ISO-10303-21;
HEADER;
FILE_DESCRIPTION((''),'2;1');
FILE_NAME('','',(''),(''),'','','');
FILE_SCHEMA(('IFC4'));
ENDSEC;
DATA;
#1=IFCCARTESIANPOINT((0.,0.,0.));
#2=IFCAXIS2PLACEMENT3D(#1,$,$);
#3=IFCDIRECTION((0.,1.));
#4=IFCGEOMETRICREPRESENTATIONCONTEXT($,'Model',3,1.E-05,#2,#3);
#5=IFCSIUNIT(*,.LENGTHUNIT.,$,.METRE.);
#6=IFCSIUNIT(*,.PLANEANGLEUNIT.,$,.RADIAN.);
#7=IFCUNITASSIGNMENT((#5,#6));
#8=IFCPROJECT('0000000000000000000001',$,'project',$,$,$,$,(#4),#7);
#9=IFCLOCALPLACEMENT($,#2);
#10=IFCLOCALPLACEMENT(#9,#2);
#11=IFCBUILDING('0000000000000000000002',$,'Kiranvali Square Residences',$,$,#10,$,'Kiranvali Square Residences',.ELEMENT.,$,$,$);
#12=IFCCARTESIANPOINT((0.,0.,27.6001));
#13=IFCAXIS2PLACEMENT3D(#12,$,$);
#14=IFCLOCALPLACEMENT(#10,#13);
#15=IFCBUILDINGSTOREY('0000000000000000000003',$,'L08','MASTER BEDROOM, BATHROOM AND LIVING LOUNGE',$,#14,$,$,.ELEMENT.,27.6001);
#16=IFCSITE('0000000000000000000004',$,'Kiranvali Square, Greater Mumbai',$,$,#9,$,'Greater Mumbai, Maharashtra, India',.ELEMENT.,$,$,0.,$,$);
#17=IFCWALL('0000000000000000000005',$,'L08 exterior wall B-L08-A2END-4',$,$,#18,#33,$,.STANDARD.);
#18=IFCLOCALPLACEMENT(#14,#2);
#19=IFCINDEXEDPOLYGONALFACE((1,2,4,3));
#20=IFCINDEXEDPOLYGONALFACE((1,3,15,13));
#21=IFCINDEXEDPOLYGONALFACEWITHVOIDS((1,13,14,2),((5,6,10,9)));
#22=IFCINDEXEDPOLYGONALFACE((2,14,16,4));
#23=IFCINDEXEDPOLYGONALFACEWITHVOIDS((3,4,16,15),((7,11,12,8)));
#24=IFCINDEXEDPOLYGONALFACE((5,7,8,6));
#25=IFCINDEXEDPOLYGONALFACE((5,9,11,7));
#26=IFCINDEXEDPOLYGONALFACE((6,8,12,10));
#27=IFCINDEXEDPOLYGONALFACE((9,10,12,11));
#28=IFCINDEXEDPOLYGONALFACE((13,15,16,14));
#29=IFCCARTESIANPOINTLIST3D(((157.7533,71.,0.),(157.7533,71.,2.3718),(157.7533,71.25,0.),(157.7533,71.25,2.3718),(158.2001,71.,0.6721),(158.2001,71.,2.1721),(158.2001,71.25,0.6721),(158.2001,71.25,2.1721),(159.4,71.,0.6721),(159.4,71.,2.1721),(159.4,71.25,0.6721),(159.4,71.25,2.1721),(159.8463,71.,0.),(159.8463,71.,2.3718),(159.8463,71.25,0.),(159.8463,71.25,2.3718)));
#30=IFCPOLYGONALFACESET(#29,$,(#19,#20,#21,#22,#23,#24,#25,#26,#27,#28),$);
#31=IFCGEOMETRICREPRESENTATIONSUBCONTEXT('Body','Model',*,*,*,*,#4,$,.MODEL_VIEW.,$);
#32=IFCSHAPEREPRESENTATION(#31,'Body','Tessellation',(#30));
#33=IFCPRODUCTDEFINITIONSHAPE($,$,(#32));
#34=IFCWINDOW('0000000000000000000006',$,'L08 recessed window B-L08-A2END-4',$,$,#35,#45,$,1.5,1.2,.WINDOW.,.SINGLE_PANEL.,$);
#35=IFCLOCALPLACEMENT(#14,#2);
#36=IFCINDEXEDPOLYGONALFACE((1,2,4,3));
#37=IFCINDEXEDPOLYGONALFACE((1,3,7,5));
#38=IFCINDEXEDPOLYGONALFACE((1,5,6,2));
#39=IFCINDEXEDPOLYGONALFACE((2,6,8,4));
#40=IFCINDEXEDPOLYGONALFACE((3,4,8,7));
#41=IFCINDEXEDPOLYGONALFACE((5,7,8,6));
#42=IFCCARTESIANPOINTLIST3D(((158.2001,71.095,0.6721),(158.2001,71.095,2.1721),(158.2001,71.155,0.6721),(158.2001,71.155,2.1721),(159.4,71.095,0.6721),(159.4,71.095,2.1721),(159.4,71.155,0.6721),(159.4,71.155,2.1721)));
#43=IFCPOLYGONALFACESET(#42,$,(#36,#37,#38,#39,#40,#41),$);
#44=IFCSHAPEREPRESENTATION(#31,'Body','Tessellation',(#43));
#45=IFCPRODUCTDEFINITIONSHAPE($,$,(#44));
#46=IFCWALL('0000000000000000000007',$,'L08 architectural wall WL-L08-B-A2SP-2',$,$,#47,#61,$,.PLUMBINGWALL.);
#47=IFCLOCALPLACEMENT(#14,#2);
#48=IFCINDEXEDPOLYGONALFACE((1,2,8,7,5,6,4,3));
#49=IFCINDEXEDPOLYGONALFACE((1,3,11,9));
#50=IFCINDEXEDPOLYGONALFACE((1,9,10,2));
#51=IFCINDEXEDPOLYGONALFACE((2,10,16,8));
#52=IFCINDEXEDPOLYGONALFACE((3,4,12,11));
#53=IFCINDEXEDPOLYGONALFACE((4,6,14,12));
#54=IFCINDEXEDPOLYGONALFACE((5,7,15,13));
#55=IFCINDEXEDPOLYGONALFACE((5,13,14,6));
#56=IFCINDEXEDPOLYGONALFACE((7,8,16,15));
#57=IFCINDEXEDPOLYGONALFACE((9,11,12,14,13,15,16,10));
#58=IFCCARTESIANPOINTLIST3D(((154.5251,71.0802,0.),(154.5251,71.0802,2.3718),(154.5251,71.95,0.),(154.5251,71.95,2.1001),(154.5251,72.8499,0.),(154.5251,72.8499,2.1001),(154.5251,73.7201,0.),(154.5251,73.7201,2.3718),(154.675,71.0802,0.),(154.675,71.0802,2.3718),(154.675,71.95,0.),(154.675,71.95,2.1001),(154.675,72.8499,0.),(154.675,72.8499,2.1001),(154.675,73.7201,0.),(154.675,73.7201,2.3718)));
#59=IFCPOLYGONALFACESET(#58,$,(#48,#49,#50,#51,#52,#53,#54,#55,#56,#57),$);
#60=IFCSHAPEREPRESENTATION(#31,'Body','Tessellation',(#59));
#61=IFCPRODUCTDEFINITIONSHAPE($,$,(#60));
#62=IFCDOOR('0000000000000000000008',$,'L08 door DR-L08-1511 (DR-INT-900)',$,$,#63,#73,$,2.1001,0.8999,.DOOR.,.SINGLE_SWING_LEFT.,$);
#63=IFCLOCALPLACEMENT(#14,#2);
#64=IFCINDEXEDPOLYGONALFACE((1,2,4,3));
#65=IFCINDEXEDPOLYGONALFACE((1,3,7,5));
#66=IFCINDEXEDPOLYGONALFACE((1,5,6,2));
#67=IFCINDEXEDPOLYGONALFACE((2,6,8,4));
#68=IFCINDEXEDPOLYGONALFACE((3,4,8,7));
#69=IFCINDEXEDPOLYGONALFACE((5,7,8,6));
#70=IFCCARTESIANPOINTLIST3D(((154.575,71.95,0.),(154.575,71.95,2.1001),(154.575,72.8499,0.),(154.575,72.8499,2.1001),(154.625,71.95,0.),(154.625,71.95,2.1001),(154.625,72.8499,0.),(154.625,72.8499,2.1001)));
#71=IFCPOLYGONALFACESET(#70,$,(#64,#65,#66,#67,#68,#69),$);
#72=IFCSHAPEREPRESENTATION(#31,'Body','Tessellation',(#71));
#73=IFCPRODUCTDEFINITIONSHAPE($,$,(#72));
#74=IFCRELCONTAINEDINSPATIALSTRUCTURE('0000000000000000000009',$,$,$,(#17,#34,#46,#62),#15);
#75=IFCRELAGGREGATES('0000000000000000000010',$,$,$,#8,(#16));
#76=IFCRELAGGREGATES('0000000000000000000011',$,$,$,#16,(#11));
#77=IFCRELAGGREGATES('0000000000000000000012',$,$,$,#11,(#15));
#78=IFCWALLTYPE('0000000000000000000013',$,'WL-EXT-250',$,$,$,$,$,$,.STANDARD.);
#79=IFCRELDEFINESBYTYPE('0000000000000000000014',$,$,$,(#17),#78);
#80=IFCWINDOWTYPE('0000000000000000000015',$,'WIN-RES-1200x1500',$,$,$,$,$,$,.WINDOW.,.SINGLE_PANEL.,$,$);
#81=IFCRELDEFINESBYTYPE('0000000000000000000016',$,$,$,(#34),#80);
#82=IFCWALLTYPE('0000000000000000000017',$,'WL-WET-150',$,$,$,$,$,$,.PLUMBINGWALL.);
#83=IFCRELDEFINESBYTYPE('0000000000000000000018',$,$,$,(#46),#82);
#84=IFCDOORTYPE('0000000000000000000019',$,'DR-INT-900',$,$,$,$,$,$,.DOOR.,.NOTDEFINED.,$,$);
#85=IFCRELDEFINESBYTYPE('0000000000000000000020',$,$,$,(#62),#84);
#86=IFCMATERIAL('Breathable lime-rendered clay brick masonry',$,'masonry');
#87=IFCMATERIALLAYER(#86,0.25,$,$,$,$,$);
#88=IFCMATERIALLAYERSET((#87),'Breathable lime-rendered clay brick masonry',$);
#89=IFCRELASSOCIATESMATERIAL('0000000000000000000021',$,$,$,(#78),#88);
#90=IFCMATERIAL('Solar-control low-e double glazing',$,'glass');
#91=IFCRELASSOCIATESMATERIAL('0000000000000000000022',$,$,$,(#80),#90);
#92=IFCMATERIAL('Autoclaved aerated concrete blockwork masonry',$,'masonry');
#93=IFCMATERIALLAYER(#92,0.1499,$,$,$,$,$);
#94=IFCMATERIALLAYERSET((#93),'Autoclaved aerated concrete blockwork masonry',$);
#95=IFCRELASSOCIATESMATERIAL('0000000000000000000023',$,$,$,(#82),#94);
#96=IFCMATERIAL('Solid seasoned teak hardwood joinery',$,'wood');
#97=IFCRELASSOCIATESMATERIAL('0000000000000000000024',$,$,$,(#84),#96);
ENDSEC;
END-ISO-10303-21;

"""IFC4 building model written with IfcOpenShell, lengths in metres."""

from ifc_helpers import new_model, si_unit, direction, frame, frame_2d, origin, place, context, subcontext, project, spatial, rectangle, extrude, material, layer, layer_set, type_object, element, fill, save


model = new_model("IFC4")

# Units and contexts
model_context = context("Model", 3, precision=1e-05, world=origin(), true_north=direction((0.0, 1.0)))
body_context = subcontext(model_context, "Body", "Model", "MODEL_VIEW")
ifc_project = project(units=[si_unit("LENGTHUNIT", "METRE"), si_unit("PLANEANGLEUNIT", "RADIAN")], contexts=[model_context])

# Site, building, storey
site_placement = place(None, origin())
site = spatial("IfcSite", under=ifc_project, at=site_placement, Name="Kiranvali Square, Greater Mumbai", LongName="Greater Mumbai, Maharashtra, India", CompositionType="ELEMENT", RefElevation=0.0)
building_placement = place(site_placement, origin())
building = spatial("IfcBuilding", under=site, at=building_placement, Name="Kiranvali Square Residences", LongName="Kiranvali Square Residences", CompositionType="ELEMENT")
storey_placement = place(building_placement, frame((0.0, 0.0, 27.6001)))
storey = spatial("IfcBuildingStorey", under=building, at=storey_placement, Name="L08", Description="MASTER BEDROOM, BATHROOM AND LIVING LOUNGE", CompositionType="ELEMENT", Elevation=27.6001)

# Shared definitions
ifc_material_1 = material(Name="Autoclaved aerated concrete blockwork masonry", Category="masonry")

# Shared definitions
ifc_material_2 = material(Name="Breathable lime-rendered clay brick masonry", Category="masonry")
ifc_layer_1 = layer(ifc_material_2, 0.25)
ifc_layer_set_1 = layer_set([ifc_layer_1], Name="Breathable lime-rendered clay brick masonry")
wall_type_1 = type_object("IfcWallType", Name="WL-EXT-250", PredefinedType="STANDARD", material=ifc_layer_set_1)
ifc_material_3 = material(Name="Solar-control low-e double glazing", Category="glass")
window_type = type_object("IfcWindowType", Name="WIN-RES-1200x1500", PartitioningType="SINGLE_PANEL", PredefinedType="WINDOW", material=ifc_material_3)

# Wall, opening, window
wall_1_placement = place(storey_placement, frame((157.7534, 71.125, 0.0), z_axis=(0.0, 0.0, 1.0), x_axis=(1.0, 0.0, 0.0)))
wall_1 = element("IfcWall", 1, at=wall_1_placement, inside=storey, type_object=wall_type_1, Name="L08 exterior wall B-L08-A2END-4", PredefinedType="STANDARD", context=body_context, shape_type="SweptSolid", body=[
    extrude(rectangle(XDim=2.093, YDim=0.25, at=frame_2d((1.0464, 0.0))), origin(), (0.0, 0.0, 1.0), 2.3718),
])
opening_1_placement = place(wall_1_placement, frame((0.4465, 0.0, 0.6721)))
opening_1 = element("IfcOpeningElement", 2, at=opening_1_placement, cuts=wall_1, PredefinedType="OPENING", context=body_context, shape_type="SweptSolid", body=[
    extrude(rectangle(XDim=1.2, YDim=1.5, at=frame_2d((0.6001, 0.75))), frame((0.0, 0.135, 0.0), z_axis=(0.0, -1.0, 0.0), x_axis=(1.0, 0.0, 0.0)), (0.0, 0.0, 1.0), 0.27),
])
window_1_placement = place(opening_1_placement, origin())
window_1 = element("IfcWindow", 3, at=window_1_placement, inside=storey, type_object=window_type, Name="L08 recessed window B-L08-A2END-4", OverallHeight=1.5, OverallWidth=1.2, PartitioningType="SINGLE_PANEL", PredefinedType="WINDOW", context=body_context, shape_type="SweptSolid", body=[
    extrude(rectangle(XDim=1.2, YDim=1.5, at=frame_2d((0.6001, 0.75))), frame((0.0, 0.03, 0.0), z_axis=(0.0, -1.0, 0.0), x_axis=(1.0, 0.0, 0.0)), (0.0, 0.0, 1.0), 0.0601),
])
fill(opening_1, window_1)

# Wall, opening, door
ifc_layer_2 = layer(ifc_material_1, 0.1499)
ifc_layer_set_2 = layer_set([ifc_layer_2], Name="Autoclaved aerated concrete blockwork masonry")
wall_type_2 = type_object("IfcWallType", Name="WL-WET-150", PredefinedType="PLUMBINGWALL", material=ifc_layer_set_2)
wall_2_placement = place(storey_placement, frame((154.6001, 73.72, 0.0), z_axis=(0.0, 0.0, 1.0), x_axis=(0.0, -1.0, 0.0)))
wall_2 = element("IfcWall", 4, at=wall_2_placement, inside=storey, type_object=wall_type_2, Name="L08 architectural wall WL-L08-B-A2SP-2", PredefinedType="PLUMBINGWALL", context=body_context, shape_type="SweptSolid", body=[
    extrude(rectangle(XDim=2.6399, YDim=0.1499, at=frame_2d((1.3198, 0.0))), origin(), (0.0, 0.0, 1.0), 2.3718),
])
opening_2_placement = place(wall_2_placement, frame((0.8701, 0.0, 0.0)))
opening_2 = element("IfcOpeningElement", 5, at=opening_2_placement, cuts=wall_2, PredefinedType="OPENING", context=body_context, shape_type="SweptSolid", body=[
    extrude(rectangle(XDim=0.8999, YDim=2.1001, at=frame_2d((0.45, 1.05))), frame((0.0, 0.085, 0.0), z_axis=(0.0, -1.0, 0.0), x_axis=(1.0, 0.0, 0.0)), (0.0, 0.0, 1.0), 0.1699),
])
ifc_material_4 = material(Name="Solid seasoned teak hardwood joinery", Category="wood")
door_type_1 = type_object("IfcDoorType", Name="DR-INT-900", OperationType="NOTDEFINED", PredefinedType="DOOR", material=ifc_material_4)
door_1_placement = place(opening_2_placement, origin())
door_1 = element("IfcDoor", 6, at=door_1_placement, inside=storey, type_object=door_type_1, Name="L08 door DR-L08-1511 (DR-INT-900)", OperationType="SINGLE_SWING_LEFT", OverallHeight=2.1001, OverallWidth=0.8999, PredefinedType="DOOR", context=body_context, shape_type="SweptSolid", body=[
    extrude(rectangle(XDim=0.8999, YDim=2.1001, at=frame_2d((0.45, 1.05))), frame((0.0, 0.0249, 0.0), z_axis=(0.0, -1.0, 0.0), x_axis=(1.0, 0.0, 0.0)), (0.0, 0.0, 1.0), 0.05),
])
fill(opening_2, door_1)

save(model, "model.ifc")
